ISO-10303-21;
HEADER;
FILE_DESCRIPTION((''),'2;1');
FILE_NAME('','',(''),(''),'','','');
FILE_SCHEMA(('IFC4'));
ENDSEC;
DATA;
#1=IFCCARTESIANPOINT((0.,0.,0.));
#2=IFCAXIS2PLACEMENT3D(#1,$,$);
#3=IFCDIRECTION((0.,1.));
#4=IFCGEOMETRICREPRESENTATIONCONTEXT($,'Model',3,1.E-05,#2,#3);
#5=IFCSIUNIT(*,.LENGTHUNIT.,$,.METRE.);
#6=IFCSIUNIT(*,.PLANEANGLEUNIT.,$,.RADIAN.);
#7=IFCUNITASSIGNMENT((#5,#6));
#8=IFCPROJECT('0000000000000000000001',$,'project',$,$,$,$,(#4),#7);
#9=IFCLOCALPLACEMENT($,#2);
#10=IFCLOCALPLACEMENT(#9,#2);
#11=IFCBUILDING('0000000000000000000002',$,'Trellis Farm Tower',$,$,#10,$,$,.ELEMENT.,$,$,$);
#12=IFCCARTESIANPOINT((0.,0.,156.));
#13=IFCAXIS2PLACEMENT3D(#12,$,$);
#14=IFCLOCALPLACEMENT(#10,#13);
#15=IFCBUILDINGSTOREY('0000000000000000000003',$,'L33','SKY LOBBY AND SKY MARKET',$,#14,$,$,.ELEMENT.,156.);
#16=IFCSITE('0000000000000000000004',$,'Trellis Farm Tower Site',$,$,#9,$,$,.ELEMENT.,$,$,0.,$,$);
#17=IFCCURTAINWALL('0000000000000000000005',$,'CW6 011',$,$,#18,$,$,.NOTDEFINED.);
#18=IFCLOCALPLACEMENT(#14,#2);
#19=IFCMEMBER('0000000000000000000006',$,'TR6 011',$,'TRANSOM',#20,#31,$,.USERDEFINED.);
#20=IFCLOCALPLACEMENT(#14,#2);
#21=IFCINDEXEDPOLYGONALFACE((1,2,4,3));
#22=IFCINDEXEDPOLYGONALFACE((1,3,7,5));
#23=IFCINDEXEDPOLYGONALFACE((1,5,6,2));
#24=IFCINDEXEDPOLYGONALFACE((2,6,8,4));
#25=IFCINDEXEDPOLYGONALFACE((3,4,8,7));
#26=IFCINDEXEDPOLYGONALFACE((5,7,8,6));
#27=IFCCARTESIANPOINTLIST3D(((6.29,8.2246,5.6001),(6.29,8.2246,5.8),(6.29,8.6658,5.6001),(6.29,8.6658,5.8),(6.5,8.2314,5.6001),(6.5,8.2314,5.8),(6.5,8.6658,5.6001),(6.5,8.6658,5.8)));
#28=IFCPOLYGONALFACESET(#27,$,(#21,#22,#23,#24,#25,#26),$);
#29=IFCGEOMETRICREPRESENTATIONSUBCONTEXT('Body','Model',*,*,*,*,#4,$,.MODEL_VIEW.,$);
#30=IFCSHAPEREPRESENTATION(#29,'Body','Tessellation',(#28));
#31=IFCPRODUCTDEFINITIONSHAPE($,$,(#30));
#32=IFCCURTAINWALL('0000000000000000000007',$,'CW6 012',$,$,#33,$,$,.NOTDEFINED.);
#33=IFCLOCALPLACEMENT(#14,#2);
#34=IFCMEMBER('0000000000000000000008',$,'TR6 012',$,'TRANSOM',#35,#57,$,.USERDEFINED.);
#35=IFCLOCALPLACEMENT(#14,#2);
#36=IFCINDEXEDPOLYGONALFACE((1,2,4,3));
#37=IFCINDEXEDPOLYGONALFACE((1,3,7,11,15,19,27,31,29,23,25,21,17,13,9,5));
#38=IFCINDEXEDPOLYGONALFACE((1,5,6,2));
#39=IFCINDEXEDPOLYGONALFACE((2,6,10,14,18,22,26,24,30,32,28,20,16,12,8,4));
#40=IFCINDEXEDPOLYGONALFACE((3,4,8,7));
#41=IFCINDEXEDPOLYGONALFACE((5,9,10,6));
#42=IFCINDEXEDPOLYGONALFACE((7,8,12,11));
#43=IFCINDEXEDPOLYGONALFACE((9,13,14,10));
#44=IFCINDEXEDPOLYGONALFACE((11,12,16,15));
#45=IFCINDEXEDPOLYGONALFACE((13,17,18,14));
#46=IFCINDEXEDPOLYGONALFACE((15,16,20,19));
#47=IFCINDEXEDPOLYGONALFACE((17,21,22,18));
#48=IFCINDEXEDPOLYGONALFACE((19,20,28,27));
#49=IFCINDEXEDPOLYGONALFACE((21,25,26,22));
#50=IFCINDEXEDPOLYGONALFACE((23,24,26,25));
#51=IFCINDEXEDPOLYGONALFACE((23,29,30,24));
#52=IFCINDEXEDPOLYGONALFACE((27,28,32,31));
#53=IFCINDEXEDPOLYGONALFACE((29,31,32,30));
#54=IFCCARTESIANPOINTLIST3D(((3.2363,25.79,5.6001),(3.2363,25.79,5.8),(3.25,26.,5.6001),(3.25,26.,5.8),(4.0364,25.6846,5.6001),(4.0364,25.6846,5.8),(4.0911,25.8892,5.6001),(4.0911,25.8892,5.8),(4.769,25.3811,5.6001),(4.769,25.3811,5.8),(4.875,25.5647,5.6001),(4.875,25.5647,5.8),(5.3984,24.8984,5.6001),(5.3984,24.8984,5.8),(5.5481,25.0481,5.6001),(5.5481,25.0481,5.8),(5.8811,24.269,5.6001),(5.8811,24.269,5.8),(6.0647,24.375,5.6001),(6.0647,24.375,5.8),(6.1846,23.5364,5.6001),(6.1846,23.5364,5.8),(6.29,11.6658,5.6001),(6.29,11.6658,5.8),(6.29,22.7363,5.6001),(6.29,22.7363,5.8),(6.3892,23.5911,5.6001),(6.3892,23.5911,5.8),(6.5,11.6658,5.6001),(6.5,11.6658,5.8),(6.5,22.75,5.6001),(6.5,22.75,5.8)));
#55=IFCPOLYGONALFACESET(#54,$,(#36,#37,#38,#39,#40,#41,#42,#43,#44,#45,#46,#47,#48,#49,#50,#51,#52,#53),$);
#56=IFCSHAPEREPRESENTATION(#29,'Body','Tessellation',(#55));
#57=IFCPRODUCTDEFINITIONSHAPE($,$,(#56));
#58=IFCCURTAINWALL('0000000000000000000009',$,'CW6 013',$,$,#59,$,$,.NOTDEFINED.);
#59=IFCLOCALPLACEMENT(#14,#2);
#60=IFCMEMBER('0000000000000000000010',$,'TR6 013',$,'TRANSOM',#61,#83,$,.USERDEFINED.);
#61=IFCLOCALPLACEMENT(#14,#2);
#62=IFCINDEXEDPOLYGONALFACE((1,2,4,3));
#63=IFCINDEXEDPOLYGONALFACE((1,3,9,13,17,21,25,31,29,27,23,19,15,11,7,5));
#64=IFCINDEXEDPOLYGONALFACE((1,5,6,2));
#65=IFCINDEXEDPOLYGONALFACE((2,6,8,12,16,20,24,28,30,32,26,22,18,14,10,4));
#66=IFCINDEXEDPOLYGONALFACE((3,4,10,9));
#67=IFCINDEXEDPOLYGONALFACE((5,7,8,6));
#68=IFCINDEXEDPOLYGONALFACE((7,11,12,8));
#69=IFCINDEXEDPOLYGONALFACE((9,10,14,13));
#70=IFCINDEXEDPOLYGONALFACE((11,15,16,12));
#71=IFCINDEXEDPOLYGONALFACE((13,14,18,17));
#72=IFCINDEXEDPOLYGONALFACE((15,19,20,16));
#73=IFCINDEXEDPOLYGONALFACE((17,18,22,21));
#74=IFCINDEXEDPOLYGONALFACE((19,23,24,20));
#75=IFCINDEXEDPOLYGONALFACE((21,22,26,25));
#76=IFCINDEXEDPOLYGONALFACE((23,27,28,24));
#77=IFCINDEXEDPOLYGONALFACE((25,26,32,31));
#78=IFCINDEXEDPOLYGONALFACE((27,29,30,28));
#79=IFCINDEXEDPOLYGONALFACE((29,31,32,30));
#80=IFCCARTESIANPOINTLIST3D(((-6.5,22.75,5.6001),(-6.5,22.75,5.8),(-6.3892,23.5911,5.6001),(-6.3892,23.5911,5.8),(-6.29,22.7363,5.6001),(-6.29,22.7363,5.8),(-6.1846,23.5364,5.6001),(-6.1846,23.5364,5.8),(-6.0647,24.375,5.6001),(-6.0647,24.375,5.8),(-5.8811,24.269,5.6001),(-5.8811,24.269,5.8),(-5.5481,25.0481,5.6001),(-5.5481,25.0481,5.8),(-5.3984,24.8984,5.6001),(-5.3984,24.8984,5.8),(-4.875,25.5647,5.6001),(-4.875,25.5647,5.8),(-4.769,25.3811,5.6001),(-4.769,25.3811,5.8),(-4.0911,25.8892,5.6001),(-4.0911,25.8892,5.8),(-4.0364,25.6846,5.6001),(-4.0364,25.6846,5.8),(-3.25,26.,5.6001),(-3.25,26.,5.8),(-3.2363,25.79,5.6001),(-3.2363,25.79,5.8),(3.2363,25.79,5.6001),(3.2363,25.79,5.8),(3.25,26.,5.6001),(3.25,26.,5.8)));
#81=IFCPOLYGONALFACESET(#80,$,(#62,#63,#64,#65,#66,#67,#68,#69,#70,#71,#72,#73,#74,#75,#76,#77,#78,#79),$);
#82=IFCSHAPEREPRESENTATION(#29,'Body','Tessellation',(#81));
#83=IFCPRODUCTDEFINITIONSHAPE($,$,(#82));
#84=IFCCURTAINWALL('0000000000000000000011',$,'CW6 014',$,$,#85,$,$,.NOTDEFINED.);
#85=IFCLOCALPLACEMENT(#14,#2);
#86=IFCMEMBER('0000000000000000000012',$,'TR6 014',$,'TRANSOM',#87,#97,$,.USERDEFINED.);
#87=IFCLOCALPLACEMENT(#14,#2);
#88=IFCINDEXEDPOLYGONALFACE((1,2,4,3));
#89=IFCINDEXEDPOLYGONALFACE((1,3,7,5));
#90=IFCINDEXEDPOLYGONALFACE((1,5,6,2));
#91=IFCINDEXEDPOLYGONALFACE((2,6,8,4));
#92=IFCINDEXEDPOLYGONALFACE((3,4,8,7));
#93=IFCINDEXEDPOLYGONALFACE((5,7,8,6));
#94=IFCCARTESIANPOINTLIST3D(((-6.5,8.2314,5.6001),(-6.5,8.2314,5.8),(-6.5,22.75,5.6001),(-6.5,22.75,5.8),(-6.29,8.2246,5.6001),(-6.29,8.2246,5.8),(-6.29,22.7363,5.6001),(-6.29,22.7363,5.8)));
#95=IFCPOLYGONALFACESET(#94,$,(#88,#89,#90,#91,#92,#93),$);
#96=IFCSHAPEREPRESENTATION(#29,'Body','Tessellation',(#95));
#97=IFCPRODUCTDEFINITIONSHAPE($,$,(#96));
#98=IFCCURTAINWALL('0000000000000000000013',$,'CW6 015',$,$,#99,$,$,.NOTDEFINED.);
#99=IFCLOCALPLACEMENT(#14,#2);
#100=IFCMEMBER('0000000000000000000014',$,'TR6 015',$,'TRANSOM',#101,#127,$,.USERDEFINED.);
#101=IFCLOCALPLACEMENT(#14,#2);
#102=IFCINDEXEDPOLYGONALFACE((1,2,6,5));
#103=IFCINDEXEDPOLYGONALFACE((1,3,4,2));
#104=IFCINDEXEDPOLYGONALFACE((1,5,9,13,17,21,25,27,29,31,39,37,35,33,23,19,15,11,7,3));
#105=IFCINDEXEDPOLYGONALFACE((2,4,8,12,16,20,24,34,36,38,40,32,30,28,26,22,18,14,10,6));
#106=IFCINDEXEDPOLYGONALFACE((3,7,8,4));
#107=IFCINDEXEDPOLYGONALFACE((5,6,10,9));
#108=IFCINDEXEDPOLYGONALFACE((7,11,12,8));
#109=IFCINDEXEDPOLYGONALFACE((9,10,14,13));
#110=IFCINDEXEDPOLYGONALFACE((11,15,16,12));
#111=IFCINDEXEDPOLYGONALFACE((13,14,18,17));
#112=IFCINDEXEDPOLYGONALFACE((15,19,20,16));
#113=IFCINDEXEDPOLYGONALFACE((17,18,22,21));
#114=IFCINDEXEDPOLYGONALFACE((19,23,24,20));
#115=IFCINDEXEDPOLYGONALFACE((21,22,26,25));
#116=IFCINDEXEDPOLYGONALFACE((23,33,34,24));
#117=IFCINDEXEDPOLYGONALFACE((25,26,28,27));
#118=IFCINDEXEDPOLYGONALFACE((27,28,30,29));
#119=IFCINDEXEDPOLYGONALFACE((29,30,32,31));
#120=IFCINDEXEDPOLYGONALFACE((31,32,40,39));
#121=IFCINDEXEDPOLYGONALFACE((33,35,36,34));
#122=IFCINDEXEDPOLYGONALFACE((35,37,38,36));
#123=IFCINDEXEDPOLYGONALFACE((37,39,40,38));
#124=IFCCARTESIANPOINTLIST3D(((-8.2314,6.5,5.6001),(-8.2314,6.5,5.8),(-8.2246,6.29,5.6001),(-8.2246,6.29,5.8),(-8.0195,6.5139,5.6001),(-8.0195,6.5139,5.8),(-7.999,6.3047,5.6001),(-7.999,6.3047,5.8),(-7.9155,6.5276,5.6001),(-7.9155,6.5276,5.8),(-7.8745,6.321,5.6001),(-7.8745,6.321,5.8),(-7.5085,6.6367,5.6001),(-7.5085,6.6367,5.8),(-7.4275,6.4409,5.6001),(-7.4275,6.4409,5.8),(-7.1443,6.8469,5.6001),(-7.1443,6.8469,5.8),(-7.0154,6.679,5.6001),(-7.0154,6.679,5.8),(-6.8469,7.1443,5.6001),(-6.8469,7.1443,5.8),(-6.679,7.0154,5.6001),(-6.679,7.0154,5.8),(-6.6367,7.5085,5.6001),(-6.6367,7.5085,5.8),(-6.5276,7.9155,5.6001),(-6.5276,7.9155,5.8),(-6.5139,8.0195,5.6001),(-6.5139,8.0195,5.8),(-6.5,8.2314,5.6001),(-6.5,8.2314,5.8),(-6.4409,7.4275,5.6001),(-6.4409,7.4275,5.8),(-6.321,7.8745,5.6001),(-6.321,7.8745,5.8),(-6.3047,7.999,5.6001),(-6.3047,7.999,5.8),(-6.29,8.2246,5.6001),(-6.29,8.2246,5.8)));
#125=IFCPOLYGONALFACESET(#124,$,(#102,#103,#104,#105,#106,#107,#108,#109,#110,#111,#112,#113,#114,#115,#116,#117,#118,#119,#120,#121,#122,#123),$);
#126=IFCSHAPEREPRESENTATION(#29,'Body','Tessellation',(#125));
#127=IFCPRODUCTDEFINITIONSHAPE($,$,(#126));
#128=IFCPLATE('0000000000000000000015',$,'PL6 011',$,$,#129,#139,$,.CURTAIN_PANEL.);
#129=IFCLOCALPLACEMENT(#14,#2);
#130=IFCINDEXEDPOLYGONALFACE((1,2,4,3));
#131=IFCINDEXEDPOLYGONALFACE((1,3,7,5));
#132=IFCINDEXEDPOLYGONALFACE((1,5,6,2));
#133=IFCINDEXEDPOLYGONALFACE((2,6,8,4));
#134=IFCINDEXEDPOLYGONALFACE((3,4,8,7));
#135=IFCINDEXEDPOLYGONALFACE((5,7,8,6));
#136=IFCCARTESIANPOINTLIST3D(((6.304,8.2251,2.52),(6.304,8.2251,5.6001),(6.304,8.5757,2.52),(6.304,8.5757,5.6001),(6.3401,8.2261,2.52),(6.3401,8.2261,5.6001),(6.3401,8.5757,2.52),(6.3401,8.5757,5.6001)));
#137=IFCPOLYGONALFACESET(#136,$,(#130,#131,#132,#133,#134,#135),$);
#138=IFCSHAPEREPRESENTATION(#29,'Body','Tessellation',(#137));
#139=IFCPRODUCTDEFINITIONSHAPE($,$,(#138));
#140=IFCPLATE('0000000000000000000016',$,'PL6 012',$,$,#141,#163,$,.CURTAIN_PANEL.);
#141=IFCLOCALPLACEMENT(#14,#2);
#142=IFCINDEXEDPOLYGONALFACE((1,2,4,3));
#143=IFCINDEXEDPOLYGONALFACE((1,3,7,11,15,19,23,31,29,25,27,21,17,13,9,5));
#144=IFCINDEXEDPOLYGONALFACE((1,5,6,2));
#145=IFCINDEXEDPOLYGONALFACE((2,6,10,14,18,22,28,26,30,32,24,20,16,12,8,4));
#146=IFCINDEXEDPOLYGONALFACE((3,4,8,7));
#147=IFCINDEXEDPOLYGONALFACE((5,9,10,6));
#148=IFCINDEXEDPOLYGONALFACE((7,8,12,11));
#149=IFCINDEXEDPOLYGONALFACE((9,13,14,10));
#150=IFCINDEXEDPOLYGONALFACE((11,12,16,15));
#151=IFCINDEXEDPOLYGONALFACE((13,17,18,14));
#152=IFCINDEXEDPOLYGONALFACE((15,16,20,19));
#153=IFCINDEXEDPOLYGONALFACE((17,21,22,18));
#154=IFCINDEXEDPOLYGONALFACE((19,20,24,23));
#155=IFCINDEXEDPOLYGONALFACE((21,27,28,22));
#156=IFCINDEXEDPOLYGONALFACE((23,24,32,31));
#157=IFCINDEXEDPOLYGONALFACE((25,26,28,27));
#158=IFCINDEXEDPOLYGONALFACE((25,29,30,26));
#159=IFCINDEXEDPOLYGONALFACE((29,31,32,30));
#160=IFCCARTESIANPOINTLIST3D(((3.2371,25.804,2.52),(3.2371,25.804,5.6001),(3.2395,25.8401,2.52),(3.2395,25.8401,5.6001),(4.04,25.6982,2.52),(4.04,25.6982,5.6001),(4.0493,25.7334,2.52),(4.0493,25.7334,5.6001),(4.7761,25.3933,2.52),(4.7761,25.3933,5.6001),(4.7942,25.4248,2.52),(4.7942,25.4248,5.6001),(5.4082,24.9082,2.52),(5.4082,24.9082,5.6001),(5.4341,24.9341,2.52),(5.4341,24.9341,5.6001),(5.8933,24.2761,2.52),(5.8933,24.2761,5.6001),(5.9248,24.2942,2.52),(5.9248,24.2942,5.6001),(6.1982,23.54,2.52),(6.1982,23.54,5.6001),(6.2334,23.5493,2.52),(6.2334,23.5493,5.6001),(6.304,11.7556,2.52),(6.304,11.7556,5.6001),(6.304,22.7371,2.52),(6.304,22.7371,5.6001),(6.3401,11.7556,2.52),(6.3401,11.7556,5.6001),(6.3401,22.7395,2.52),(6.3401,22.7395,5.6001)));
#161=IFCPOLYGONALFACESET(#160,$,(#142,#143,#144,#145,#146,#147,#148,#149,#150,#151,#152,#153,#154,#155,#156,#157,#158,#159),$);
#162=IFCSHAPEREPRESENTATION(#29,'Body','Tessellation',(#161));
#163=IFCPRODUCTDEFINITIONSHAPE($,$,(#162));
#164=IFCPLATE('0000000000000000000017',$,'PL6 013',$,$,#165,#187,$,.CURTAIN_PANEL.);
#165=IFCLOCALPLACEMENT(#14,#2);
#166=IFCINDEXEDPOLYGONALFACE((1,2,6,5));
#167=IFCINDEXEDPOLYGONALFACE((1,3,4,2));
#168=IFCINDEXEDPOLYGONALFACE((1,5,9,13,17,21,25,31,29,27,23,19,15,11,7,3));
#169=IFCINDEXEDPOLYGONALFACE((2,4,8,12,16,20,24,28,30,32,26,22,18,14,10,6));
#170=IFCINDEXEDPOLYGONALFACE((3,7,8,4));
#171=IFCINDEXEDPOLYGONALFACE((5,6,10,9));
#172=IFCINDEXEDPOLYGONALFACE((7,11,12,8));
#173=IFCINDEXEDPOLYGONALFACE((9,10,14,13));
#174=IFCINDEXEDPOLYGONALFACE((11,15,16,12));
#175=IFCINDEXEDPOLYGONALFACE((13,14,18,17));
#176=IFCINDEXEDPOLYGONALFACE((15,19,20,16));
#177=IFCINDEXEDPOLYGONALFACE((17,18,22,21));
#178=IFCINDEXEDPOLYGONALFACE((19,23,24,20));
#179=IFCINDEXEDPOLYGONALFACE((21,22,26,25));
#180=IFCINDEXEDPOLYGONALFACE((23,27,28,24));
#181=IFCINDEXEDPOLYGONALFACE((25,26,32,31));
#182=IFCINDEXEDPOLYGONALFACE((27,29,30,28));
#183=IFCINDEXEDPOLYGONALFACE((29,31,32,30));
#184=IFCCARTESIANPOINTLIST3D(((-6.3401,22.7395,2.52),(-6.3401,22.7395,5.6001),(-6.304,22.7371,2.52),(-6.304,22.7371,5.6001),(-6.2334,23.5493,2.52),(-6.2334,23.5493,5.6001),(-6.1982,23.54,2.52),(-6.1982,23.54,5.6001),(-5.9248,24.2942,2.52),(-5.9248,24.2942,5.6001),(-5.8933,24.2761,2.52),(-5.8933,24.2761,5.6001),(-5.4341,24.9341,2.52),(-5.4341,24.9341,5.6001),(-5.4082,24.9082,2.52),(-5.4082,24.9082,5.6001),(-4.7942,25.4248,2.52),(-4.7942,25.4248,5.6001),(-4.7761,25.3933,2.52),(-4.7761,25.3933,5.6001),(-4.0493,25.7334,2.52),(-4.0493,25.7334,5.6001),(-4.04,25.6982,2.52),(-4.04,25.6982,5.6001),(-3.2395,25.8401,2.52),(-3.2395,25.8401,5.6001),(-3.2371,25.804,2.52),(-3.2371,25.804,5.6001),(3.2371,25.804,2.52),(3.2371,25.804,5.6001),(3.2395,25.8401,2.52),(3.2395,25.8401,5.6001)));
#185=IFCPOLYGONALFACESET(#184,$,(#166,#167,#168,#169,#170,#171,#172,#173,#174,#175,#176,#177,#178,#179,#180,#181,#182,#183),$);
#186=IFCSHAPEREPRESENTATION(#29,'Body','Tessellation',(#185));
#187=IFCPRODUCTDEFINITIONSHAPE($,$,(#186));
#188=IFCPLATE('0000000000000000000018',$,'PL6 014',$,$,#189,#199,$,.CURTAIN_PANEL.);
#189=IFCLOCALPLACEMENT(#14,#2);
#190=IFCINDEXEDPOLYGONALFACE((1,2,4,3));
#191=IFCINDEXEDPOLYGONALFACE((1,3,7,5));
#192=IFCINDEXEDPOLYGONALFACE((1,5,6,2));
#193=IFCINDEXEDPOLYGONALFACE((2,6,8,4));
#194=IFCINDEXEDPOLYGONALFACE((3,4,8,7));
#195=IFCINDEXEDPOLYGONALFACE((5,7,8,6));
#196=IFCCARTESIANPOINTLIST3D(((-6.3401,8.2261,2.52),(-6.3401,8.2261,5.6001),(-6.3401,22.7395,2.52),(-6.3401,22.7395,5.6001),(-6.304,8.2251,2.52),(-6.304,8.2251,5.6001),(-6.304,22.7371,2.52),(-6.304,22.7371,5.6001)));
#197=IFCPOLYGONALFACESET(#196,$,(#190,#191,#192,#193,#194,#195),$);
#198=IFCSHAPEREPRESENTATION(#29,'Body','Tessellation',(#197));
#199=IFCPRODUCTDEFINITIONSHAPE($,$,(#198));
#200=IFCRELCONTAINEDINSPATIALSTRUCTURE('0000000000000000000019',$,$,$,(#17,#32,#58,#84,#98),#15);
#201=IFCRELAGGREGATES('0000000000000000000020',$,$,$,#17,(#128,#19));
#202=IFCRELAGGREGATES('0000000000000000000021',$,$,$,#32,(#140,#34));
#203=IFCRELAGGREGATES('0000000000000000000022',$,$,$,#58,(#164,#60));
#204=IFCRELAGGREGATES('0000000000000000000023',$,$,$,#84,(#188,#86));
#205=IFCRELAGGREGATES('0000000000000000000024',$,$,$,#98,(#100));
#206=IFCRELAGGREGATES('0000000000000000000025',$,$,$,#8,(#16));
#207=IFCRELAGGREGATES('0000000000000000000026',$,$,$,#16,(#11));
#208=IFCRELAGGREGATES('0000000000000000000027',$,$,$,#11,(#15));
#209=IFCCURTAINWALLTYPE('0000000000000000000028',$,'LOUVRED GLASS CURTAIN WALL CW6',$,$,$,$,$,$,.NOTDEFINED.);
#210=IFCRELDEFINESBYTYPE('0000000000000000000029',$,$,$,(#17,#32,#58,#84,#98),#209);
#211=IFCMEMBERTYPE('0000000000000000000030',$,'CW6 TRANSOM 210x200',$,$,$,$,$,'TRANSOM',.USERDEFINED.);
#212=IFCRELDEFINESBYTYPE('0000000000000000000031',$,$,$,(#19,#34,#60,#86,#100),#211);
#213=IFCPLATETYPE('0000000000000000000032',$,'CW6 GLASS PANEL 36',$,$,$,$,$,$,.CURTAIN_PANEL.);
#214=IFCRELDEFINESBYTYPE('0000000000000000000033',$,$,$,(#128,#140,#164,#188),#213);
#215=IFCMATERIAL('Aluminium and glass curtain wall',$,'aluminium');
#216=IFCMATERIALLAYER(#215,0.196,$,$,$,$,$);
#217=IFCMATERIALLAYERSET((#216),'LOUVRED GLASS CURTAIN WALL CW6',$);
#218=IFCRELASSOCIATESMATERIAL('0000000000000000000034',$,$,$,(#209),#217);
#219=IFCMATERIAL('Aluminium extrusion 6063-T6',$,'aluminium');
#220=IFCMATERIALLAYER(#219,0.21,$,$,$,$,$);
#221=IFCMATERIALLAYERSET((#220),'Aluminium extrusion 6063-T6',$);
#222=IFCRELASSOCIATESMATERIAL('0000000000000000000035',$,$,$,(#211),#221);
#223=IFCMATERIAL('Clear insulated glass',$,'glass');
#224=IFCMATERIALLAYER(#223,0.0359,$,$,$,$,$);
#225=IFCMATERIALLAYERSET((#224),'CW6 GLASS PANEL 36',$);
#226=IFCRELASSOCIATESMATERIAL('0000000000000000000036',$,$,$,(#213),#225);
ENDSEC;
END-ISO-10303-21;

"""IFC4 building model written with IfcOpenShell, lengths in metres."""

from ifc_helpers import new_model, si_unit, direction, frame, origin, place, context, subcontext, project, spatial, polyline, outline, extrude, source, transform, mapped, material, layer, layer_set, type_object, element, aggregate, save


model = new_model("IFC4")

# Units and contexts
model_context = context("Model", 3, precision=1e-05, world=origin(), true_north=direction((0.0, 1.0)))
body_context = subcontext(model_context, "Body", "Model", "MODEL_VIEW")
ifc_project = project(units=[si_unit("LENGTHUNIT", "METRE"), si_unit("PLANEANGLEUNIT", "RADIAN")], contexts=[model_context])

# Site, building, storey
site_placement = place(None, origin())
site = spatial("IfcSite", under=ifc_project, at=site_placement, Name="Trellis Farm Tower Site", CompositionType="ELEMENT", RefElevation=0.0)
building_placement = place(site_placement, origin())
building = spatial("IfcBuilding", under=site, at=building_placement, Name="Trellis Farm Tower", CompositionType="ELEMENT")
storey_placement = place(building_placement, frame((0.0, 0.0, 156.0)))
storey = spatial("IfcBuildingStorey", under=building, at=storey_placement, Name="L33", Description="SKY LOBBY AND SKY MARKET", CompositionType="ELEMENT", Elevation=156.0)

# Curtain walls, members
ifc_material_1 = material(Name="Aluminium and glass curtain wall", Category="aluminium")
ifc_layer_1 = layer(ifc_material_1, 0.196)
ifc_layer_set_1 = layer_set([ifc_layer_1], Name="LOUVRED GLASS CURTAIN WALL CW6")
curtain_wall_type = type_object("IfcCurtainWallType", Name="LOUVRED GLASS CURTAIN WALL CW6", PredefinedType="NOTDEFINED", material=ifc_layer_set_1)
placement_1 = place(storey_placement, origin())
curtain_wall_1 = element("IfcCurtainWall", 1, at=placement_1, inside=storey, type_object=curtain_wall_type, Name="CW6 011", PredefinedType="NOTDEFINED")
ifc_material_2 = material(Name="Aluminium extrusion 6063-T6", Category="aluminium")
ifc_layer_2 = layer(ifc_material_2, 0.21)
ifc_layer_set_2 = layer_set([ifc_layer_2], Name="Aluminium extrusion 6063-T6")
member_type = type_object("IfcMemberType", Name="CW6 TRANSOM 210x200", ElementType="TRANSOM", PredefinedType="USERDEFINED", material=ifc_layer_set_2)
placement_2 = place(storey_placement, frame((0.0, 0.0, 5.6001)))
member_1 = element("IfcMember", 2, at=placement_2, type_object=member_type, Name="TR6 011", ObjectType="TRANSOM", PredefinedType="USERDEFINED", context=body_context, shape_type="SweptSolid", body=[
    extrude(outline(polyline([(6.5, 8.2314), (6.5, 8.6658), (6.29, 8.6658), (6.29, 8.2246), (6.5, 8.2314)])), origin(), (0.0, 0.0, 1.0), 0.2),
])
curtain_wall_2 = element("IfcCurtainWall", 3, at=placement_1, inside=storey, type_object=curtain_wall_type, Name="CW6 012", PredefinedType="NOTDEFINED")
member_2 = element("IfcMember", 4, at=placement_2, type_object=member_type, Name="TR6 012", ObjectType="TRANSOM", PredefinedType="USERDEFINED", context=body_context, shape_type="SweptSolid", body=[
    extrude(outline(polyline([(6.5, 11.6658), (6.5, 22.75), (6.3892, 23.5911), (6.0647, 24.375), (5.5481, 25.0481), (4.875, 25.5647), (4.0911, 25.8892), (3.25, 26.0), (3.2363, 25.79), (4.0364, 25.6846), (4.769, 25.3811), (5.3984, 24.8984), (5.8811, 24.269), (6.1846, 23.5364), (6.29, 22.7363), (6.29, 11.6658), (6.5, 11.6658)])), origin(), (0.0, 0.0, 1.0), 0.2),
])
curtain_wall_3 = element("IfcCurtainWall", 5, at=placement_1, inside=storey, type_object=curtain_wall_type, Name="CW6 013", PredefinedType="NOTDEFINED")
shared_shape_1 = source(origin(), body_context, "Body", "SweptSolid", [
    extrude(outline(polyline([(3.25, 26.0), (-3.25, 26.0), (-4.0911, 25.8892), (-4.875, 25.5647), (-5.5481, 25.0481), (-6.0647, 24.375), (-6.3892, 23.5911), (-6.5, 22.75), (-6.29, 22.7363), (-6.1846, 23.5364), (-5.8811, 24.269), (-5.3984, 24.8984), (-4.769, 25.3811), (-4.0364, 25.6846), (-3.2363, 25.79), (3.2363, 25.79), (3.25, 26.0)])), origin(), (0.0, 0.0, 1.0), 0.2),
])
member_3 = element("IfcMember", 6, at=placement_2, type_object=member_type, Name="TR6 013", ObjectType="TRANSOM", PredefinedType="USERDEFINED", context=body_context, shape_type="MappedRepresentation", body=[
    mapped(shared_shape_1, transform((0.0, 0.0, 0.0))),
])
curtain_wall_4 = element("IfcCurtainWall", 7, at=placement_1, inside=storey, type_object=curtain_wall_type, Name="CW6 014", PredefinedType="NOTDEFINED")
shared_shape_2 = source(origin(), body_context, "Body", "SweptSolid", [
    extrude(outline(polyline([(-6.5, 22.75), (-6.5, 8.2314), (-6.29, 8.2246), (-6.29, 22.7363), (-6.5, 22.75)])), origin(), (0.0, 0.0, 1.0), 0.2),
])
member_4 = element("IfcMember", 8, at=placement_2, type_object=member_type, Name="TR6 014", ObjectType="TRANSOM", PredefinedType="USERDEFINED", context=body_context, shape_type="MappedRepresentation", body=[
    mapped(shared_shape_2, transform((0.0, 0.0, 0.0))),
])
curtain_wall_5 = element("IfcCurtainWall", 9, at=placement_1, inside=storey, type_object=curtain_wall_type, Name="CW6 015", PredefinedType="NOTDEFINED")
shared_shape_3 = source(origin(), body_context, "Body", "SweptSolid", [
    extrude(outline(polyline([(-6.5, 8.2314), (-6.5139, 8.0195), (-6.5276, 7.9155), (-6.6367, 7.5085), (-6.8469, 7.1443), (-7.1443, 6.8469), (-7.5085, 6.6367), (-7.9155, 6.5276), (-8.0195, 6.5139), (-8.2314, 6.5), (-8.2246, 6.29), (-7.999, 6.3047), (-7.8745, 6.321), (-7.4275, 6.4409), (-7.0154, 6.679), (-6.679, 7.0154), (-6.4409, 7.4275), (-6.321, 7.8745), (-6.3047, 7.999), (-6.29, 8.2246), (-6.5, 8.2314)])), origin(), (0.0, 0.0, 1.0), 0.2),
])
member_5 = element("IfcMember", 10, at=placement_2, type_object=member_type, Name="TR6 015", ObjectType="TRANSOM", PredefinedType="USERDEFINED", context=body_context, shape_type="MappedRepresentation", body=[
    mapped(shared_shape_3, transform((0.0, 0.0, 0.0))),
])

# Plates
ifc_material_3 = material(Name="Clear insulated glass", Category="glass")
ifc_layer_3 = layer(ifc_material_3, 0.0359)
ifc_layer_set_3 = layer_set([ifc_layer_3], Name="CW6 GLASS PANEL 36")
plate_type = type_object("IfcPlateType", Name="CW6 GLASS PANEL 36", PredefinedType="CURTAIN_PANEL", material=ifc_layer_set_3)
placement_3 = place(storey_placement, frame((0.0, 0.0, 2.52)))
plate_1 = element("IfcPlate", 11, at=placement_3, type_object=plate_type, Name="PL6 011", PredefinedType="CURTAIN_PANEL", context=body_context, shape_type="SweptSolid", body=[
    extrude(outline(polyline([(6.3401, 8.2261), (6.3401, 8.5757), (6.304, 8.5757), (6.304, 8.2251), (6.3401, 8.2261)])), origin(), (0.0, 0.0, 1.0), 3.0801),
])
plate_2 = element("IfcPlate", 12, at=placement_3, type_object=plate_type, Name="PL6 012", PredefinedType="CURTAIN_PANEL", context=body_context, shape_type="SweptSolid", body=[
    extrude(outline(polyline([(6.3401, 11.7556), (6.3401, 22.7395), (6.2334, 23.5493), (5.9248, 24.2942), (5.4341, 24.9341), (4.7942, 25.4248), (4.0493, 25.7334), (3.2395, 25.8401), (3.2371, 25.804), (4.04, 25.6982), (4.7761, 25.3933), (5.4082, 24.9082), (5.8933, 24.2761), (6.1982, 23.54), (6.304, 22.7371), (6.304, 11.7556), (6.3401, 11.7556)])), origin(), (0.0, 0.0, 1.0), 3.0801),
])
plate_3 = element("IfcPlate", 13, at=placement_3, type_object=plate_type, Name="PL6 013", PredefinedType="CURTAIN_PANEL", context=body_context, shape_type="SweptSolid", body=[
    extrude(outline(polyline([(3.2395, 25.8401), (-3.2395, 25.8401), (-4.0493, 25.7334), (-4.7942, 25.4248), (-5.4341, 24.9341), (-5.9248, 24.2942), (-6.2334, 23.5493), (-6.3401, 22.7395), (-6.304, 22.7371), (-6.1982, 23.54), (-5.8933, 24.2761), (-5.4082, 24.9082), (-4.7761, 25.3933), (-4.04, 25.6982), (-3.2371, 25.804), (3.2371, 25.804), (3.2395, 25.8401)])), origin(), (0.0, 0.0, 1.0), 3.0801),
])
plate_4 = element("IfcPlate", 14, at=placement_3, type_object=plate_type, Name="PL6 014", PredefinedType="CURTAIN_PANEL", context=body_context, shape_type="SweptSolid", body=[
    extrude(outline(polyline([(-6.3401, 22.7395), (-6.3401, 8.2261), (-6.304, 8.2251), (-6.304, 22.7371), (-6.3401, 22.7395)])), origin(), (0.0, 0.0, 1.0), 3.0801),
])

aggregate(curtain_wall_1, [plate_1, member_1])
aggregate(curtain_wall_2, [plate_2, member_2])
aggregate(curtain_wall_3, [plate_3, member_3])
aggregate(curtain_wall_4, [plate_4, member_4])
aggregate(curtain_wall_5, [member_5])

save(model, "model.ifc")
